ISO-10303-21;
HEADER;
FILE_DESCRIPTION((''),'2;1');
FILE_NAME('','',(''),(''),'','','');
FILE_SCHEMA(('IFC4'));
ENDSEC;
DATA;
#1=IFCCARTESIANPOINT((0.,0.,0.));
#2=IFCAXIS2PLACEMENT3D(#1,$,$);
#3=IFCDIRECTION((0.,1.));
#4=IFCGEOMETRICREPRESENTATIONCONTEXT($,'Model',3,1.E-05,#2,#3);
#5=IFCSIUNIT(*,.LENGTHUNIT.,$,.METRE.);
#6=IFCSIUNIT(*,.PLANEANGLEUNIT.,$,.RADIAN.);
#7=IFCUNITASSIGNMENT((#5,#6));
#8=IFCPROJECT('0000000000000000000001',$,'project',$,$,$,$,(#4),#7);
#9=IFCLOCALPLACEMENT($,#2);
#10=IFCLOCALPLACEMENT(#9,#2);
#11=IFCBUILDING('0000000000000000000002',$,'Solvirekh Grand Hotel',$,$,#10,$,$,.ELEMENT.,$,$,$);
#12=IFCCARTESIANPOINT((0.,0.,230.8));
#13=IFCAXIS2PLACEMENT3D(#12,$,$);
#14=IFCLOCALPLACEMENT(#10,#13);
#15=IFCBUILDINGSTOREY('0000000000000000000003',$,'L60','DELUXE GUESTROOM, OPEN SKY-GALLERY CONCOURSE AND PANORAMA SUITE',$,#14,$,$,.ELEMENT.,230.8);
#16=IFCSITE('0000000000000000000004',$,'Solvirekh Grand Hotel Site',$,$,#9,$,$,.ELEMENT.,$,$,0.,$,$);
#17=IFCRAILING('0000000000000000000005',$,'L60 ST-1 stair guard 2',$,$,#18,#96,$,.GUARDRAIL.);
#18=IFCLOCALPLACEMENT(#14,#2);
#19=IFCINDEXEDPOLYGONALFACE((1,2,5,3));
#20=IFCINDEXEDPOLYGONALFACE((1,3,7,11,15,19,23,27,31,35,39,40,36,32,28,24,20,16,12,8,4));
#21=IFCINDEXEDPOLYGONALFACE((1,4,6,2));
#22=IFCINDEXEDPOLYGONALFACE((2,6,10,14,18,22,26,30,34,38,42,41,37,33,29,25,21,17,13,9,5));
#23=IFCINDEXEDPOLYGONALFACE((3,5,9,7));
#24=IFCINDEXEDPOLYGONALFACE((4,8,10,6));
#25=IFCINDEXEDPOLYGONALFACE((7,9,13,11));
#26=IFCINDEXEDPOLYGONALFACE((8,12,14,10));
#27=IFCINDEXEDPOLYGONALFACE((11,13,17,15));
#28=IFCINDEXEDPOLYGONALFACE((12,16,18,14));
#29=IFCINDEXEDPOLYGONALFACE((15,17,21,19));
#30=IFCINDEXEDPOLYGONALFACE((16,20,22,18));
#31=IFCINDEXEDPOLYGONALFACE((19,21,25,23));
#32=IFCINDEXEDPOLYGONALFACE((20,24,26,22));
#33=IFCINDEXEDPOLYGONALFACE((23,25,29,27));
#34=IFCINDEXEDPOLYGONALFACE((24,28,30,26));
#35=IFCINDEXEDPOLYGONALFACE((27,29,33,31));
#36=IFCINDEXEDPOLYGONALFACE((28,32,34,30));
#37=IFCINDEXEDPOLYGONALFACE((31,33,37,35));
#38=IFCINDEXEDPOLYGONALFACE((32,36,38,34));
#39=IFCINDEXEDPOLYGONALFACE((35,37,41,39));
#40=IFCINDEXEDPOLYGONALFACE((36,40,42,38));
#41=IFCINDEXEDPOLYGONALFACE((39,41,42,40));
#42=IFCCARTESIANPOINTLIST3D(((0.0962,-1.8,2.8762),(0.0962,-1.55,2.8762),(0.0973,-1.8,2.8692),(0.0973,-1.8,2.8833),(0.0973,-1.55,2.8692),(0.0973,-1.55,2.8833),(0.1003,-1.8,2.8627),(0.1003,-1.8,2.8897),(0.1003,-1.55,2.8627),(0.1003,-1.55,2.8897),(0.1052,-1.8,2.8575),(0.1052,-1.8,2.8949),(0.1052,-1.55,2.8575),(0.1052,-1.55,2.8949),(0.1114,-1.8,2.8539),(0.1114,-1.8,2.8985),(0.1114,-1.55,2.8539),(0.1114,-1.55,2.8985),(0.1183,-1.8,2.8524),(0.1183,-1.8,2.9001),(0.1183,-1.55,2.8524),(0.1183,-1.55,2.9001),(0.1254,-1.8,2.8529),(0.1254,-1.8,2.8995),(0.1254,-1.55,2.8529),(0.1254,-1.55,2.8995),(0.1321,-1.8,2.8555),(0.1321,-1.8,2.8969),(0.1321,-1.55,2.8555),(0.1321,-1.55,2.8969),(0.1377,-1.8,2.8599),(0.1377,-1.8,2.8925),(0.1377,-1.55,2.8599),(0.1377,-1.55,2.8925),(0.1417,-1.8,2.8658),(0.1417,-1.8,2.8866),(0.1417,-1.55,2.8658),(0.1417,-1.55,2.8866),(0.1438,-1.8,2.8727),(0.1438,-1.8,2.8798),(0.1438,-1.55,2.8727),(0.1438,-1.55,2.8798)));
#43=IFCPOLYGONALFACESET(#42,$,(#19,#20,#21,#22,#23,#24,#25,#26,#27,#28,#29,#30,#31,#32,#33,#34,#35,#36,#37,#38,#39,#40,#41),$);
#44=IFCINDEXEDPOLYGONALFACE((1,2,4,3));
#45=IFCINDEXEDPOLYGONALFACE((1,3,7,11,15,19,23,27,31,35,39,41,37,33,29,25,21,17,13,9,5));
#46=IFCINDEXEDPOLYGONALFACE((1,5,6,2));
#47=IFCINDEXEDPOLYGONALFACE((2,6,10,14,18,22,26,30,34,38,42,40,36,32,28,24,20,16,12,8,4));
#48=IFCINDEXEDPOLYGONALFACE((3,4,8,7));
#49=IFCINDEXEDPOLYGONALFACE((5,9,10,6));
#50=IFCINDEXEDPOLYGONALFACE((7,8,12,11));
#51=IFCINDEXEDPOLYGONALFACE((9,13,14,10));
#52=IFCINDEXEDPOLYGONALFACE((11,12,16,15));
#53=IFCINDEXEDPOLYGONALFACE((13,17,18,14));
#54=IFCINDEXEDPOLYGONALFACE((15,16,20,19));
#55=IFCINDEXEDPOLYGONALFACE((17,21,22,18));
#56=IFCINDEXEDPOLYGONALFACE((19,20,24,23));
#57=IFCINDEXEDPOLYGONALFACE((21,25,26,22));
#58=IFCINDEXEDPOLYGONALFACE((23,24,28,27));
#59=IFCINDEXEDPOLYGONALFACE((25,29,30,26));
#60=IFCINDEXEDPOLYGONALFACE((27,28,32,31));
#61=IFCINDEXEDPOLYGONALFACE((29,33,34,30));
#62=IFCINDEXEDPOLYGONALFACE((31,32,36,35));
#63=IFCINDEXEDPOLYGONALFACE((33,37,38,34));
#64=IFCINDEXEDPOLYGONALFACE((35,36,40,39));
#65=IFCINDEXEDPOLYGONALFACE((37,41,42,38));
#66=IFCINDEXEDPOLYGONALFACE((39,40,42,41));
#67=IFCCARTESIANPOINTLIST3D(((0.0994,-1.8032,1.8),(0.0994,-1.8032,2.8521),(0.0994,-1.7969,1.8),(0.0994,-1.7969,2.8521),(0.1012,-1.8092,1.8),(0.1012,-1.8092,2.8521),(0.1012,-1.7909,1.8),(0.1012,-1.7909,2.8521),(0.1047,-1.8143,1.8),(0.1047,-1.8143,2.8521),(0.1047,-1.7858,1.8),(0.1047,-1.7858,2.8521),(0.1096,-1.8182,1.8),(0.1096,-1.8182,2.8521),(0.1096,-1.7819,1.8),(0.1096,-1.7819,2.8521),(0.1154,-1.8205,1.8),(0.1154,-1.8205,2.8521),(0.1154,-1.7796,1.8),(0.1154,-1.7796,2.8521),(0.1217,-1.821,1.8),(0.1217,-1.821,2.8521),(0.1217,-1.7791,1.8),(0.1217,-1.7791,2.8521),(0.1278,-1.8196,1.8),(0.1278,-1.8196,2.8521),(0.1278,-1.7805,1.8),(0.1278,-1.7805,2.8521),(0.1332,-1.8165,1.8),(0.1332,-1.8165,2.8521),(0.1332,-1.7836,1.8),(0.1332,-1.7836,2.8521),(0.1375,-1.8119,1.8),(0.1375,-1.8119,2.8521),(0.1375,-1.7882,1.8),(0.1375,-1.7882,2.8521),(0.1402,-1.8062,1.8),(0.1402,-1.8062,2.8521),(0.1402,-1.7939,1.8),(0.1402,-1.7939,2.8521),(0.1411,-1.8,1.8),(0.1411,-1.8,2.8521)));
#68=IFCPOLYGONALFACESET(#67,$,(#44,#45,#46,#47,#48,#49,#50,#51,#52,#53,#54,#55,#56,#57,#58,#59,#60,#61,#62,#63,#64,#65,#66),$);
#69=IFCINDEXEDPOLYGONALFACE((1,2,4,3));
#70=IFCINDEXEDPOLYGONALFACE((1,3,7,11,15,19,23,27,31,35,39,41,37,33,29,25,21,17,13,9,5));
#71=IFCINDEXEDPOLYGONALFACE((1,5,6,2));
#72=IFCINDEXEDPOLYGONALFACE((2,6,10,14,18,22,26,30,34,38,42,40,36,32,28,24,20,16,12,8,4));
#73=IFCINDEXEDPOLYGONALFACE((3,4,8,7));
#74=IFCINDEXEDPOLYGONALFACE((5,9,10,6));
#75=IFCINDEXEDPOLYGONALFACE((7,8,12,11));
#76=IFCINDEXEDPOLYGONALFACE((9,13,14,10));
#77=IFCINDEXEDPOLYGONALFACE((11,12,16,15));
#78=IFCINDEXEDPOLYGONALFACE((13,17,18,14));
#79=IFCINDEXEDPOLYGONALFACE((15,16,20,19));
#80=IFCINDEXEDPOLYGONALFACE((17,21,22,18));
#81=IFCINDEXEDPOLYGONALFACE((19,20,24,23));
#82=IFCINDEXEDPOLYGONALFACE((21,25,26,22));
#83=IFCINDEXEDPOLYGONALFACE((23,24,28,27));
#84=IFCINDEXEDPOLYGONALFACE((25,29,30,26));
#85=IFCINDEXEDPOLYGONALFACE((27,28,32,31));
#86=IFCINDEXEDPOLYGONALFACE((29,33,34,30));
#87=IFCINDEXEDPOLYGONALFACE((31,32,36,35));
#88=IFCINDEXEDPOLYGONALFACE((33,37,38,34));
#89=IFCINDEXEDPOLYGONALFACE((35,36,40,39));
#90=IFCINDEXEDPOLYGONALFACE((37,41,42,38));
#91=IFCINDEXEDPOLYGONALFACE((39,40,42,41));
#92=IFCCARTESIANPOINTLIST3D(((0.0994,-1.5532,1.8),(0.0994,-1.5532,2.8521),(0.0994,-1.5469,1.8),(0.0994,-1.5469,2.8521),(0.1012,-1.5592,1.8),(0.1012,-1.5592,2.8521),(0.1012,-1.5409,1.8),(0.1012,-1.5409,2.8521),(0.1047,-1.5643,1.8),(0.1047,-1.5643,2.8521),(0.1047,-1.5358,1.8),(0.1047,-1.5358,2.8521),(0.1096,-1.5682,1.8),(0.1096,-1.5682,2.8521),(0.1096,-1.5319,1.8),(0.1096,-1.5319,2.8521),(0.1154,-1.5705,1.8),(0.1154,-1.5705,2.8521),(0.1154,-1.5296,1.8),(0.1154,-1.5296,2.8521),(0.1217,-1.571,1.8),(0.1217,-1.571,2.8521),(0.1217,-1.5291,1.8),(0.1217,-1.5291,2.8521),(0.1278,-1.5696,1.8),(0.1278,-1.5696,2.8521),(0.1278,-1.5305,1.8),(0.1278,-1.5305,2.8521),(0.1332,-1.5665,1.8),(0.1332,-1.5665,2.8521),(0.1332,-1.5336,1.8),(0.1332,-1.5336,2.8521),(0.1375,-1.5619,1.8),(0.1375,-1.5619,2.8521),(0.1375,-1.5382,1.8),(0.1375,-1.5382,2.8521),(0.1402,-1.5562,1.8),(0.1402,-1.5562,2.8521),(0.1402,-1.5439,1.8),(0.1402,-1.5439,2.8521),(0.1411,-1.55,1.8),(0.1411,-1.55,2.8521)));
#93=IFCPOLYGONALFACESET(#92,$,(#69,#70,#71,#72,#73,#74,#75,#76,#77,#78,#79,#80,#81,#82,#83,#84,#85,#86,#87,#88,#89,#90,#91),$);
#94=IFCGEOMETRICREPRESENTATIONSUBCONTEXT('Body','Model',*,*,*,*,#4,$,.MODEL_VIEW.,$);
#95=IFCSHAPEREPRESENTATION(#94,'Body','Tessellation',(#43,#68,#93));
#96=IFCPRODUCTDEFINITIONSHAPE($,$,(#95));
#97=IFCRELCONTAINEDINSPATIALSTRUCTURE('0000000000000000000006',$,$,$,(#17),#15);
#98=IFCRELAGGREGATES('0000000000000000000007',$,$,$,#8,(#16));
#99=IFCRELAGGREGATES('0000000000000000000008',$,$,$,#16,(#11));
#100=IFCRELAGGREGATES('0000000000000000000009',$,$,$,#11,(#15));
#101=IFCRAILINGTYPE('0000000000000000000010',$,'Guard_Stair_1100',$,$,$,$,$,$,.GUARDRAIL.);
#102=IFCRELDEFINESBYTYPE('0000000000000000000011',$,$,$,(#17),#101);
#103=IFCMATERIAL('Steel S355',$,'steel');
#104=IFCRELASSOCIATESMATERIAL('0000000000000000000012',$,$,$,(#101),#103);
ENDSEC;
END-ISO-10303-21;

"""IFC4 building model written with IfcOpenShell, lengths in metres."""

from ifc_helpers import new_model, si_unit, direction, frame, origin, origin_2d, place, context, subcontext, project, spatial, circle, extrude, material, type_object, element, save


model = new_model("IFC4")

# Units and contexts
model_context = context("Model", 3, precision=1e-05, world=origin(), true_north=direction((0.0, 1.0)))
body_context = subcontext(model_context, "Body", "Model", "MODEL_VIEW")
ifc_project = project(units=[si_unit("LENGTHUNIT", "METRE"), si_unit("PLANEANGLEUNIT", "RADIAN")], contexts=[model_context])

# Site, building, storey
site_placement = place(None, origin())
site = spatial("IfcSite", under=ifc_project, at=site_placement, Name="Solvirekh Grand Hotel Site", CompositionType="ELEMENT", RefElevation=0.0)
building_placement = place(site_placement, origin())
building = spatial("IfcBuilding", under=site, at=building_placement, Name="Solvirekh Grand Hotel", CompositionType="ELEMENT")
storey_placement = place(building_placement, frame((0.0, 0.0, 230.8)))
storey = spatial("IfcBuildingStorey", under=building, at=storey_placement, Name="L60", Description="DELUXE GUESTROOM, OPEN SKY-GALLERY CONCOURSE AND PANORAMA SUITE", CompositionType="ELEMENT", Elevation=230.8)

# Railing
ifc_material_1 = material(Name="Steel S355", Category="steel")
railing_type_1 = type_object("IfcRailingType", Name="Guard_Stair_1100", PredefinedType="GUARDRAIL", material=ifc_material_1)
railing_1_placement = place(storey_placement, frame((0.1201, -1.8, 1.8)))
element("IfcRailing", 1, at=railing_1_placement, inside=storey, type_object=railing_type_1, Name="L60 ST-1 stair guard 2", PredefinedType="GUARDRAIL", context=body_context, shape_type="SweptSolid", body=[
    extrude(circle(Radius=0.0239, at=origin_2d()), frame((0.0, 0.0, 1.0762), z_axis=(0.0, 1.0, 0.0), x_axis=(-1.0, 0.0, 0.0)), (0.0, 0.0, 1.0), 0.25),
    extrude(circle(Radius=0.021, at=origin_2d()), origin(), (0.0, 0.0, 1.0), 1.052),
    extrude(circle(Radius=0.021, at=origin_2d()), frame((0.0, 0.25, 0.0)), (0.0, 0.0, 1.0), 1.052),
])

save(model, "model.ifc")
